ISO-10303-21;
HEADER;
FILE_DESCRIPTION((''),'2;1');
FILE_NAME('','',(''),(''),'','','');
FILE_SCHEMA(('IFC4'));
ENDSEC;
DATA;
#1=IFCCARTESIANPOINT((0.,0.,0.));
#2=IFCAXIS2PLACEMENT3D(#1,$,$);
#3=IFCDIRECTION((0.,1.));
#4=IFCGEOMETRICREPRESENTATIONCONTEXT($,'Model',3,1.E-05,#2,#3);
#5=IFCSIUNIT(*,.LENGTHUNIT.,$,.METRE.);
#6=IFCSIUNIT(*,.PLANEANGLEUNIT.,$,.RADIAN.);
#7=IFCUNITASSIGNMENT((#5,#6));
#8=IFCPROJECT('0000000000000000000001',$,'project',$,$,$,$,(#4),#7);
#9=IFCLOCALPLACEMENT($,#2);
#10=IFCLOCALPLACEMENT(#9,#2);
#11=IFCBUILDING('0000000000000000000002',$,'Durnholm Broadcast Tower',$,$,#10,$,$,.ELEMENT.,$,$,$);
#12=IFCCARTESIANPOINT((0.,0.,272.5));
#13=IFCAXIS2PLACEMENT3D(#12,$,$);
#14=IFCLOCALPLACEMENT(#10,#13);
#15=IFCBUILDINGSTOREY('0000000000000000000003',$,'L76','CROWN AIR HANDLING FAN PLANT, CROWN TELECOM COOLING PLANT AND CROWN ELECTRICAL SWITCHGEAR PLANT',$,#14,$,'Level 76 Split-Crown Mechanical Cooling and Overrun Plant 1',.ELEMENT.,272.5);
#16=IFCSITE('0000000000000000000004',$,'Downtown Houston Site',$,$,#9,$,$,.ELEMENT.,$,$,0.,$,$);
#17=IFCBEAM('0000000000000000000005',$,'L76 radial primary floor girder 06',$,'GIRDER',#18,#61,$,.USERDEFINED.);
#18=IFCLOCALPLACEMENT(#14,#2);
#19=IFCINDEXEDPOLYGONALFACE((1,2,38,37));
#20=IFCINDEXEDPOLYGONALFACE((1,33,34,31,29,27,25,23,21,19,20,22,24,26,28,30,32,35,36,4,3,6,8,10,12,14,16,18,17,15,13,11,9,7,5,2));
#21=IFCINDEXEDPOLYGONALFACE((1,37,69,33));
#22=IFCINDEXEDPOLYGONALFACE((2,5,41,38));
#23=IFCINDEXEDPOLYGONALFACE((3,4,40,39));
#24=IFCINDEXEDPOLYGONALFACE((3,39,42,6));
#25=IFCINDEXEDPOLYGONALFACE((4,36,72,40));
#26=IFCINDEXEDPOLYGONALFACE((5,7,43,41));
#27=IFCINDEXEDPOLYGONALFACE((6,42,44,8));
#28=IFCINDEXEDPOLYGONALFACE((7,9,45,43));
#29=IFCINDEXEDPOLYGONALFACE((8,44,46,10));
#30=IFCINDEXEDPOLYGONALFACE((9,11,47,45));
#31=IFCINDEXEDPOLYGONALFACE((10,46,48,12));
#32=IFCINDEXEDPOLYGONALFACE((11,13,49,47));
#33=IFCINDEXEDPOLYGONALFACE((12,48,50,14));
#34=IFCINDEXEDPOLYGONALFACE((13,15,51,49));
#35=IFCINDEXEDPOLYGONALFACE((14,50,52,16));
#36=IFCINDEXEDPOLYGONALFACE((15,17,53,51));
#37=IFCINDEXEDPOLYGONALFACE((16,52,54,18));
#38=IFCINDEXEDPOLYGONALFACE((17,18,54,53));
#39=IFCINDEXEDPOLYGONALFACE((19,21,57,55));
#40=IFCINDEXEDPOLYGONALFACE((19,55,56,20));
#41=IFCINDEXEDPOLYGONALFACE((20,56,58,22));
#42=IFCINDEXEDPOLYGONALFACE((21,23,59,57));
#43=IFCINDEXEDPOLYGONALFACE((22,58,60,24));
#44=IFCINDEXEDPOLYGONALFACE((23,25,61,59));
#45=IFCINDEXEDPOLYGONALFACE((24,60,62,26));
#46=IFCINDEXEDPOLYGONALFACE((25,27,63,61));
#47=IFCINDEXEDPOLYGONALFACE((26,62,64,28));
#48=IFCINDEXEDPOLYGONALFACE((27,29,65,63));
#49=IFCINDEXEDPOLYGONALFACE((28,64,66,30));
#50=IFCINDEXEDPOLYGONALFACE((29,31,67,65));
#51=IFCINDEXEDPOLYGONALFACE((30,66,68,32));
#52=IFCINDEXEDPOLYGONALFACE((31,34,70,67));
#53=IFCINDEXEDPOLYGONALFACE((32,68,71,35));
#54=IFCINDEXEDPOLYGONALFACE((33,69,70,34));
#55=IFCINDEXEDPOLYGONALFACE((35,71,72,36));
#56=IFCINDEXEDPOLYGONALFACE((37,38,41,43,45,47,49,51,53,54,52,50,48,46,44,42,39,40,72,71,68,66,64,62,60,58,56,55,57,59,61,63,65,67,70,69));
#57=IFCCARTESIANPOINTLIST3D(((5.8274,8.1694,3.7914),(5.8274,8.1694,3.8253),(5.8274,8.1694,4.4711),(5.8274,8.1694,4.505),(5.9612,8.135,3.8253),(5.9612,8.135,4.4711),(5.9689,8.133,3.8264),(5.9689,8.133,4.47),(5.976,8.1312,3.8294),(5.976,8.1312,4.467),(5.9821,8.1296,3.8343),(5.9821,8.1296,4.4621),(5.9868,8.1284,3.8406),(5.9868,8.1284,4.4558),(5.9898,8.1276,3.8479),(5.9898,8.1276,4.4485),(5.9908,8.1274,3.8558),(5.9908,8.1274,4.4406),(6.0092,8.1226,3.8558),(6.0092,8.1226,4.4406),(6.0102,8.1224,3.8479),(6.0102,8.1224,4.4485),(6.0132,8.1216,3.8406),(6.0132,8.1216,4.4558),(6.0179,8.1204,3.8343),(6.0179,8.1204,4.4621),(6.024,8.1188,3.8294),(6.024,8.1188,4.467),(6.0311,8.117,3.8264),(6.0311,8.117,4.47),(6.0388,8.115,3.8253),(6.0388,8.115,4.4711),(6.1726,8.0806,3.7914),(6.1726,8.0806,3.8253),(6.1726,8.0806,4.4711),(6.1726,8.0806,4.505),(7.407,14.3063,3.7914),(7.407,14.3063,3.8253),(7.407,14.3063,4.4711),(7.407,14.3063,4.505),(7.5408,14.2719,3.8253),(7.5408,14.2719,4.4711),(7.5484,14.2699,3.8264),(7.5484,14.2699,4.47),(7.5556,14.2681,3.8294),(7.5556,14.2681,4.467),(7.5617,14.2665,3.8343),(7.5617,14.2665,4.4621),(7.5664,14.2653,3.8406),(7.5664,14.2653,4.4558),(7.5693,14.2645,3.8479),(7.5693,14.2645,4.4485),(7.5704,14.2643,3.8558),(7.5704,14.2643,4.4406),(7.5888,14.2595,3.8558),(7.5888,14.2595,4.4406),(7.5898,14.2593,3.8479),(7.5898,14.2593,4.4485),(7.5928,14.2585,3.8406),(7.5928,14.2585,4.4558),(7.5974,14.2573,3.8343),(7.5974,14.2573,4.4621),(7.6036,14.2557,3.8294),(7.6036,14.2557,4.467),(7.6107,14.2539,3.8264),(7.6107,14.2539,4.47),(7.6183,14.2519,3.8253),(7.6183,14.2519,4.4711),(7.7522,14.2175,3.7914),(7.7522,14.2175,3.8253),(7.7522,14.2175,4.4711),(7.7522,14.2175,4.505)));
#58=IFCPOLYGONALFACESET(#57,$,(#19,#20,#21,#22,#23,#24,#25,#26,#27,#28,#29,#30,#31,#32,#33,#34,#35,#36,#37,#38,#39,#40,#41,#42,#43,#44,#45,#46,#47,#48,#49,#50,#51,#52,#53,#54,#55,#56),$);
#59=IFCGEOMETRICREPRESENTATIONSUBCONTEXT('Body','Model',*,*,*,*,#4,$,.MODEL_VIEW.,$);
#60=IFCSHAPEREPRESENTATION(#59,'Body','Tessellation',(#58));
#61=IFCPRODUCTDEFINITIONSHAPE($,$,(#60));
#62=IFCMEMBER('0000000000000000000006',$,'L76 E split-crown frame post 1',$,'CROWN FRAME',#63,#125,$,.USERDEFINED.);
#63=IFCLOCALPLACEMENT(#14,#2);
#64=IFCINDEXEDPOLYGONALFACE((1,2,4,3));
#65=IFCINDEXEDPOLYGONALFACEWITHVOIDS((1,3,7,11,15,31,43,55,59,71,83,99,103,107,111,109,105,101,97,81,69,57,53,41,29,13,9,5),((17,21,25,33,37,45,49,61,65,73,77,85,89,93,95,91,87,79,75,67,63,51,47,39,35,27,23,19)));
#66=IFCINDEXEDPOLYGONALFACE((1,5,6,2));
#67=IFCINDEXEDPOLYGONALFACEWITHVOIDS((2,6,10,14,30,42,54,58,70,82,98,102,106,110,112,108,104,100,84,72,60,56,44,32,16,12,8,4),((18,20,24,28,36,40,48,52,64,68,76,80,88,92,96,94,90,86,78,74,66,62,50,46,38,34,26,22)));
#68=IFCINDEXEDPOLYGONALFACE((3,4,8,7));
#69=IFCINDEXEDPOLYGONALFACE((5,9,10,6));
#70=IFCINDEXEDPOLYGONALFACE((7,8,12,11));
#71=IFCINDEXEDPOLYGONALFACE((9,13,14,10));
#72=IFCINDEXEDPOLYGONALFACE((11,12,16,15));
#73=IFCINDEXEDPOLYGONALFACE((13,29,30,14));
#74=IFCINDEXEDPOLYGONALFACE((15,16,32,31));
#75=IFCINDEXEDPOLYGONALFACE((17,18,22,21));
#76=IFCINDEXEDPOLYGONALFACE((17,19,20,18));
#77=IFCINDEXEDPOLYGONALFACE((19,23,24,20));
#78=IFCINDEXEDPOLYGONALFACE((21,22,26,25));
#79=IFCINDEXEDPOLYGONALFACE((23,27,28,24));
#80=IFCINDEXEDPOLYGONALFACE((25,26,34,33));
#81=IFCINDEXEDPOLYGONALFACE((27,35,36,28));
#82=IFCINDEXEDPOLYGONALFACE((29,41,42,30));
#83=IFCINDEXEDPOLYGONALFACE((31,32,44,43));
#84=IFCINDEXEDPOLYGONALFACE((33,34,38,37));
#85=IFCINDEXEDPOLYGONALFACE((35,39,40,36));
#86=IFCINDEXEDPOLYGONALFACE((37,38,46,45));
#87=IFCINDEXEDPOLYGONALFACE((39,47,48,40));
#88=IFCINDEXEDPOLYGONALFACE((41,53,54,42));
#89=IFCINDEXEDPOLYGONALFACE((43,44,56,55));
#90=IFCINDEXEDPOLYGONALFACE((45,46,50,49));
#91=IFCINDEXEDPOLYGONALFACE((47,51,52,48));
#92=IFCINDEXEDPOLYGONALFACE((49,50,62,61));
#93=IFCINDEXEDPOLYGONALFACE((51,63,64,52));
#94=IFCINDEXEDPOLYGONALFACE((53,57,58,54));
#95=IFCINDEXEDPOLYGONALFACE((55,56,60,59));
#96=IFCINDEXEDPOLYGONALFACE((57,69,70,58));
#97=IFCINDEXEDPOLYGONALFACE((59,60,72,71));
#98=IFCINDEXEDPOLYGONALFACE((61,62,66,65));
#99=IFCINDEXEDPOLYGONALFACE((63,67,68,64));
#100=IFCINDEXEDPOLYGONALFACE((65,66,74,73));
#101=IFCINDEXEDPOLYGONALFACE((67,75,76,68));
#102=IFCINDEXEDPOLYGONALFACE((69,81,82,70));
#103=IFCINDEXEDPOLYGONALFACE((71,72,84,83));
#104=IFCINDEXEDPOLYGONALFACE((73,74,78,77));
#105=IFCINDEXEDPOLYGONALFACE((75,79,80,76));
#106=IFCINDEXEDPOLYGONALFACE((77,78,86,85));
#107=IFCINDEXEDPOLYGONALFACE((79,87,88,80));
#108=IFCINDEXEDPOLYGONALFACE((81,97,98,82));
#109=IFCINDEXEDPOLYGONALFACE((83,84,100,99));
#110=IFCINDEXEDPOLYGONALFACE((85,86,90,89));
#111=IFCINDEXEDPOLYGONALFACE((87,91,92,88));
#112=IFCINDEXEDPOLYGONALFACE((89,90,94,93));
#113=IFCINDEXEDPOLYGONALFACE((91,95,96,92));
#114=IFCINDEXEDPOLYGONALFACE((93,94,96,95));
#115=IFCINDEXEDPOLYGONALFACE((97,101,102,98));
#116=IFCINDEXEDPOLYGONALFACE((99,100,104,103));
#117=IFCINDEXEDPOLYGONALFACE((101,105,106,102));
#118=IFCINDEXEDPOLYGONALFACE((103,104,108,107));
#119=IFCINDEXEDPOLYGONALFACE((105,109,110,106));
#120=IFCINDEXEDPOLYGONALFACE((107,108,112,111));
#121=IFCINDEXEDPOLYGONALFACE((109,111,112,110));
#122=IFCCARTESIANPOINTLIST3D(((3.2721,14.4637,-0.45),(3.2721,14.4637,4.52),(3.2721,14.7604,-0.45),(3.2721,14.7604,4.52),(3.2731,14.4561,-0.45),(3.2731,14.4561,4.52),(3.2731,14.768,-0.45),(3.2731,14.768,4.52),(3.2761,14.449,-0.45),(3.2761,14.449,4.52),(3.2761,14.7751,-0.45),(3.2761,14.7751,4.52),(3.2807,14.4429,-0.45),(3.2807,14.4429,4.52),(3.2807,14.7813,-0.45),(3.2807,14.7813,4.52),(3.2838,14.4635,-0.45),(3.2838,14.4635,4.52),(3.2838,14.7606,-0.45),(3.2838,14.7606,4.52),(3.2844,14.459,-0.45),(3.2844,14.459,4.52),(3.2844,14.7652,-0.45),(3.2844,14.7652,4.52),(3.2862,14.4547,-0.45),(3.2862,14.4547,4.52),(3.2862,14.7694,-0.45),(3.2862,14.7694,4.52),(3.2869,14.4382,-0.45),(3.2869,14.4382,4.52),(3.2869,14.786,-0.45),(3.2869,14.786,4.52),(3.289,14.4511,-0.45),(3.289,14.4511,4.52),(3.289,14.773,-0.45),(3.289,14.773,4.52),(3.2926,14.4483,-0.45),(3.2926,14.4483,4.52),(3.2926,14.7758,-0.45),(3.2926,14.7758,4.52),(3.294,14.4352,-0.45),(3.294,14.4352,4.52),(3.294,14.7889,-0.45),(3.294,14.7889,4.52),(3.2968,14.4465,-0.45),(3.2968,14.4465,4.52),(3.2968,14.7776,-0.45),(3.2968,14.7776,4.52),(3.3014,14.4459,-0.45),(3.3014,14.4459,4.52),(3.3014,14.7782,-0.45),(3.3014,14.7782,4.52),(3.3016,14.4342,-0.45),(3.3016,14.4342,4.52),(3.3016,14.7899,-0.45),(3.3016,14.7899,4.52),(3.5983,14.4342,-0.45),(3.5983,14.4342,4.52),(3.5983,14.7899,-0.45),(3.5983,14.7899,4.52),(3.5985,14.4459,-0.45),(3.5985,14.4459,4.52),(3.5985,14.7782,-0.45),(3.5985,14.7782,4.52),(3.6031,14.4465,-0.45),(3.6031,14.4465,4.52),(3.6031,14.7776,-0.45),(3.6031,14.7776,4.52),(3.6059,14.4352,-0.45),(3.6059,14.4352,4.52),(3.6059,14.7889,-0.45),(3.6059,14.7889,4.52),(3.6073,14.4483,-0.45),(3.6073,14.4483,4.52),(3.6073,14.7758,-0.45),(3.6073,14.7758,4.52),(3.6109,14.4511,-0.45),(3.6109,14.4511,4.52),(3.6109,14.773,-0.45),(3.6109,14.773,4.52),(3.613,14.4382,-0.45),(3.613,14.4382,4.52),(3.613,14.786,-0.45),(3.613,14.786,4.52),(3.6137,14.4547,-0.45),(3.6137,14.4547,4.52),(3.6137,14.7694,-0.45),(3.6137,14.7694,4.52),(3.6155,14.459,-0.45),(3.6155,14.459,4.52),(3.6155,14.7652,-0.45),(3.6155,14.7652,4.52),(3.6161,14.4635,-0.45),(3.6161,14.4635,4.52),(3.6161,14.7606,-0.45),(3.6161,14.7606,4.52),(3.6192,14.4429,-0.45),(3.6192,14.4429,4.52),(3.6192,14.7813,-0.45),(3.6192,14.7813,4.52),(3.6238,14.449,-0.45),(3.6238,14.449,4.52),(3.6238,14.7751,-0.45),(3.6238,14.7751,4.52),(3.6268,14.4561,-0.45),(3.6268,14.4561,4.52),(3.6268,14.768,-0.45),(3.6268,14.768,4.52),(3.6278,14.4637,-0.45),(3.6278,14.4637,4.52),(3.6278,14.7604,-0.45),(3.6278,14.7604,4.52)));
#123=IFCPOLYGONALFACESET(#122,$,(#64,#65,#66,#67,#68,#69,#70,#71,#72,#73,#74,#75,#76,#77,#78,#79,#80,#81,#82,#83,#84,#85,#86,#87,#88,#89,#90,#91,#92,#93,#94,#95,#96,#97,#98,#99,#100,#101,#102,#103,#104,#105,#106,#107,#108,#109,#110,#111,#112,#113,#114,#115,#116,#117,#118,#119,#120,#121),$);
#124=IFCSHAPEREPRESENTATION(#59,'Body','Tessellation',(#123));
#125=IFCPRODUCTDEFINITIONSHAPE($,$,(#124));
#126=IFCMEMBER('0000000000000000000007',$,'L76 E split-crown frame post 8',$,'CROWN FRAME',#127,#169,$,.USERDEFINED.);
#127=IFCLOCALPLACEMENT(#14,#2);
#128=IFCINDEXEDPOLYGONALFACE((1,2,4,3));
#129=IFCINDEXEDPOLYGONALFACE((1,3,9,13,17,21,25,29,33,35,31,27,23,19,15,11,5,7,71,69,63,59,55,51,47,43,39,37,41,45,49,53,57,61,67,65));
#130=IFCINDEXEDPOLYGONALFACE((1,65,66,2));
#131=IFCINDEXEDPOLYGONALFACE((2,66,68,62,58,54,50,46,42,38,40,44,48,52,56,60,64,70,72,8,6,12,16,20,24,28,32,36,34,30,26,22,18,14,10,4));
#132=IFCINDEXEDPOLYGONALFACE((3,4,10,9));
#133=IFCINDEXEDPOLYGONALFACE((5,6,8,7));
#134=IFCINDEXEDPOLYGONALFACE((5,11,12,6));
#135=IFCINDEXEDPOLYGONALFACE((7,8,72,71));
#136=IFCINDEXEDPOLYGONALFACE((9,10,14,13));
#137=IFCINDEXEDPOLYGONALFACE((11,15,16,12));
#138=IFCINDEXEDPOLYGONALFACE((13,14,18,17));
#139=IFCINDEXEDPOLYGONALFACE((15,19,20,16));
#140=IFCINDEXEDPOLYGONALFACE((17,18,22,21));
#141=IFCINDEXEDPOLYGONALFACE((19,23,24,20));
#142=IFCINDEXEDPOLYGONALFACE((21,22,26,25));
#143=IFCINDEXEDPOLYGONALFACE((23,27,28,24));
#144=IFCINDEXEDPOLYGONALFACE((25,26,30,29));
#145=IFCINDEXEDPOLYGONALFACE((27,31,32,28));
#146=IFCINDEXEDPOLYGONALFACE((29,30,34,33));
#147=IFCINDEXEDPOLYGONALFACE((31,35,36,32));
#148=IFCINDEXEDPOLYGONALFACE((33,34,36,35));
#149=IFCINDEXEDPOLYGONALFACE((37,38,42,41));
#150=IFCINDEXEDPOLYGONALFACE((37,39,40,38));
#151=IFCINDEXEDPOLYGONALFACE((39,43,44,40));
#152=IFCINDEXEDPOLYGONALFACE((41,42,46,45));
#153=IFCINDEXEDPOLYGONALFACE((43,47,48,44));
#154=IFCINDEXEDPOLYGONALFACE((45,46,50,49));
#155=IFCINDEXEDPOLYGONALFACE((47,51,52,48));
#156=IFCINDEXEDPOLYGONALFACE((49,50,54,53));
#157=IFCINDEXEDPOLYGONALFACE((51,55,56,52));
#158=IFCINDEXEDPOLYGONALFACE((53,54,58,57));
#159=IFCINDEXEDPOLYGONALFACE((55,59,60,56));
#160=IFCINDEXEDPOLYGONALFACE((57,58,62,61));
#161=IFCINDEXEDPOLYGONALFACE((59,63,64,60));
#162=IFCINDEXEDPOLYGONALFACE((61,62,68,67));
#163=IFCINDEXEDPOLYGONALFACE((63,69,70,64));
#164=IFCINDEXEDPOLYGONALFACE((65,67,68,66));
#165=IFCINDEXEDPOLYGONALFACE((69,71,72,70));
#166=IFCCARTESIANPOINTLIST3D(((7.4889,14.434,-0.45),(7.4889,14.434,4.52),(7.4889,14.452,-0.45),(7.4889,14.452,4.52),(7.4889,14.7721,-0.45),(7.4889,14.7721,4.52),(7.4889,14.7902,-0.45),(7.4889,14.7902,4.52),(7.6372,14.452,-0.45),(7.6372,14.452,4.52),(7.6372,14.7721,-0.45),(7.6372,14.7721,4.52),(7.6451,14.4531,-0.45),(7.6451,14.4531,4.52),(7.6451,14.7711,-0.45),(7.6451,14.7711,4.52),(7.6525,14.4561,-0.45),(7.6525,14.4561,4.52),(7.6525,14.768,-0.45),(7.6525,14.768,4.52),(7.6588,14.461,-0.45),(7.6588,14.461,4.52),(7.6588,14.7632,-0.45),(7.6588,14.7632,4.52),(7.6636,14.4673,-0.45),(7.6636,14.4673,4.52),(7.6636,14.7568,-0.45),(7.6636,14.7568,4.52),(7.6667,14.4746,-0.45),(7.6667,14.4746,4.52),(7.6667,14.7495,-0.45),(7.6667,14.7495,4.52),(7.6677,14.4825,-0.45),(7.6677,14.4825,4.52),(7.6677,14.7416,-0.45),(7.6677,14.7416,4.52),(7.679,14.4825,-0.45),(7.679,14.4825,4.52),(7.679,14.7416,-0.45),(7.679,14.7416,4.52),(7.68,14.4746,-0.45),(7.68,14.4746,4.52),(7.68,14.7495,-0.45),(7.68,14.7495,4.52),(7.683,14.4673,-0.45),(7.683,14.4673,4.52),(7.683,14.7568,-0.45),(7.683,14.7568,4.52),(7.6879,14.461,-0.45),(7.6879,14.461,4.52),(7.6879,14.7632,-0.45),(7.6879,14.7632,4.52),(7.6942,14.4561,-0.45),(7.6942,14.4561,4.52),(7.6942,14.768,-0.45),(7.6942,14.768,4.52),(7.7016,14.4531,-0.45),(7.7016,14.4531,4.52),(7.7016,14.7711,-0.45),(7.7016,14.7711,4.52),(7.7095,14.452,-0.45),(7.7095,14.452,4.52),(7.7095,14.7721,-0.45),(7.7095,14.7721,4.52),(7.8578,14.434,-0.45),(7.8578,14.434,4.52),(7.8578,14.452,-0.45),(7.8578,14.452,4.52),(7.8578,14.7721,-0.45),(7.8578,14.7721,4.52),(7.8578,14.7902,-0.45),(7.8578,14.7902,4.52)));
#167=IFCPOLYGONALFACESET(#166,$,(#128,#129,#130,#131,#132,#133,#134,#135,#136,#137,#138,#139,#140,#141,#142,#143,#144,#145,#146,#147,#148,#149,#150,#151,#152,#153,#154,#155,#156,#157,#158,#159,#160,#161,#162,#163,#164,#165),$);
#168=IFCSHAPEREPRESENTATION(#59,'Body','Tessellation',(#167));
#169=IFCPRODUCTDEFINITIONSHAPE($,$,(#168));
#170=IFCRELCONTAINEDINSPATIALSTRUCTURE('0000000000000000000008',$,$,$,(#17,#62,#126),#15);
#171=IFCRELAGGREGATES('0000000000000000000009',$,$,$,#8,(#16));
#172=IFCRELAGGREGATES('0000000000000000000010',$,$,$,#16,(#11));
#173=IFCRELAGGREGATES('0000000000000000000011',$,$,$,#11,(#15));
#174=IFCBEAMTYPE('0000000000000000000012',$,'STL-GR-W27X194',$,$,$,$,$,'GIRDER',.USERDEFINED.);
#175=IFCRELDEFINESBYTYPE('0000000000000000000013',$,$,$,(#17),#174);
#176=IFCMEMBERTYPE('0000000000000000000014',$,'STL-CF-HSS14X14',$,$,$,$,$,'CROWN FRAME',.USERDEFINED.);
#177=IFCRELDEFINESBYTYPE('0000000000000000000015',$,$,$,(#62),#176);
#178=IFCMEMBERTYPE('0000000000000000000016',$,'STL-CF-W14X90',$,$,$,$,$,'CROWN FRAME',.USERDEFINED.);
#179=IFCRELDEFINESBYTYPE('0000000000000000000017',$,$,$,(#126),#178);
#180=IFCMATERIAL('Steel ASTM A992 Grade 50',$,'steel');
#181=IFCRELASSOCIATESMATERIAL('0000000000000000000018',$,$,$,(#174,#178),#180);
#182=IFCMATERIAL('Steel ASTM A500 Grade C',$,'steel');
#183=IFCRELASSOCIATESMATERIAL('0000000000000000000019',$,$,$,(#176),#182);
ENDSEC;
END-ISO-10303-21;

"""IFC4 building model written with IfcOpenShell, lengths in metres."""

from ifc_helpers import new_model, si_unit, direction, frame, origin, origin_2d, place, context, subcontext, project, spatial, hollow_rectangle, i_section, extrude, source, transform, mapped, material, material_profile, profile_set, type_object, type_shapes, element, save


model = new_model("IFC4")

# Units and contexts
model_context = context("Model", 3, precision=1e-05, world=origin(), true_north=direction((0.0, 1.0)))
body_context = subcontext(model_context, "Body", "Model", "MODEL_VIEW")
ifc_project = project(units=[si_unit("LENGTHUNIT", "METRE"), si_unit("PLANEANGLEUNIT", "RADIAN")], contexts=[model_context])

# Site, building, storey
site_placement = place(None, origin())
site = spatial("IfcSite", under=ifc_project, at=site_placement, Name="Downtown Houston Site", CompositionType="ELEMENT", RefElevation=0.0)
building_placement = place(site_placement, origin())
building = spatial("IfcBuilding", under=site, at=building_placement, Name="Durnholm Broadcast Tower", CompositionType="ELEMENT")
storey_placement = place(building_placement, frame((0.0, 0.0, 272.5)))
storey = spatial("IfcBuildingStorey", under=building, at=storey_placement, Name="L76", Description="CROWN AIR HANDLING FAN PLANT, CROWN TELECOM COOLING PLANT AND CROWN ELECTRICAL SWITCHGEAR PLANT", LongName="Level 76 Split-Crown Mechanical Cooling and Overrun Plant 1", CompositionType="ELEMENT", Elevation=272.5)

# Shared definitions
ifc_material_1 = material(Name="Steel ASTM A500 Grade C", Category="steel")

# Beam
ifc_material_2 = material(Name="Steel ASTM A992 Grade 50", Category="steel")
ifc_material_profile_1 = material_profile(ifc_material_2, i_section(OverallWidth=0.3564, OverallDepth=0.7136, WebThickness=0.019, FlangeThickness=0.0339, FilletRadius=0.0305, at=origin_2d()), Name="W27X194")
ifc_profile_set_1 = profile_set([ifc_material_profile_1], Name="Steel ASTM A992 Grade 50")
beam_type_1 = type_object("IfcBeamType", Name="STL-GR-W27X194", ElementType="GIRDER", PredefinedType="USERDEFINED", material=ifc_profile_set_1)
shared_shape_1 = source(origin(), body_context, "Body", "SweptSolid", [
    extrude(i_section(OverallWidth=0.3564, OverallDepth=0.7136, WebThickness=0.019, FlangeThickness=0.0339, FilletRadius=0.0305, at=origin_2d()), origin(), (0.0, 0.0, 1.0), 6.3369),
])
type_shapes(beam_type_1, [shared_shape_1])
beam_1_placement = place(storey_placement, frame((6.0, 8.125, 4.1482), z_axis=(0.249265, 0.968435, 0.0), x_axis=(-0.968435, 0.249265, 0.0)))
element("IfcBeam", 1, at=beam_1_placement, inside=storey, type_object=beam_type_1, Name="L76 radial primary floor girder 06", ObjectType="GIRDER", PredefinedType="USERDEFINED", context=body_context, shape_type="MappedRepresentation", body=[
    mapped(shared_shape_1, transform((0.0, 0.0, 0.0), x_axis=(1.0, 0.0, 0.0), y_axis=(0.0, 1.0, 0.0), z_axis=(0.0, 0.0, 1.0), scale=1.0)),
])

# Members
ifc_material_profile_2 = material_profile(ifc_material_1, hollow_rectangle(XDim=0.3557, YDim=0.3557, WallThickness=0.0117, InnerFilletRadius=0.0176, OuterFilletRadius=0.0295, at=origin_2d()), Name="HSS14X14X1/2")
ifc_profile_set_2 = profile_set([ifc_material_profile_2], Name="Steel ASTM A500 Grade C")
member_type_1 = type_object("IfcMemberType", Name="STL-CF-HSS14X14", ElementType="CROWN FRAME", PredefinedType="USERDEFINED", material=ifc_profile_set_2)
shared_shape_2 = source(origin(), body_context, "Body", "SweptSolid", [
    extrude(hollow_rectangle(XDim=0.3557, YDim=0.3557, WallThickness=0.0117, InnerFilletRadius=0.0176, OuterFilletRadius=0.0295, at=origin_2d()), origin(), (0.0, 0.0, 1.0), 4.97),
])
type_shapes(member_type_1, [shared_shape_2])
member_1_placement = place(storey_placement, frame((3.45, 14.6121, -0.45), z_axis=(0.0, 0.0, 1.0), x_axis=(1.0, 0.0, 0.0)))
element("IfcMember", 2, at=member_1_placement, inside=storey, type_object=member_type_1, Name="L76 E split-crown frame post 1", ObjectType="CROWN FRAME", PredefinedType="USERDEFINED", context=body_context, shape_type="MappedRepresentation", body=[
    mapped(shared_shape_2, transform((0.0, 0.0, 0.0), x_axis=(1.0, 0.0, 0.0), y_axis=(0.0, 1.0, 0.0), z_axis=(0.0, 0.0, 1.0), scale=1.0)),
])
ifc_material_profile_3 = material_profile(ifc_material_2, i_section(OverallWidth=0.3689, OverallDepth=0.3562, WebThickness=0.0112, FlangeThickness=0.0181, FilletRadius=0.0305, at=origin_2d()), Name="W14X90")
ifc_profile_set_3 = profile_set([ifc_material_profile_3], Name="Steel ASTM A992 Grade 50")
member_type_2 = type_object("IfcMemberType", Name="STL-CF-W14X90", ElementType="CROWN FRAME", PredefinedType="USERDEFINED", material=ifc_profile_set_3)
shared_shape_3 = source(origin(), body_context, "Body", "SweptSolid", [
    extrude(i_section(OverallWidth=0.3689, OverallDepth=0.3562, WebThickness=0.0112, FlangeThickness=0.0181, FilletRadius=0.0305, at=origin_2d()), origin(), (0.0, 0.0, 1.0), 4.97),
])
type_shapes(member_type_2, [shared_shape_3])
member_2_placement = place(storey_placement, frame((7.6733, 14.6121, -0.45), z_axis=(0.0, 0.0, 1.0), x_axis=(1.0, 0.0, 0.0)))
element("IfcMember", 3, at=member_2_placement, inside=storey, type_object=member_type_2, Name="L76 E split-crown frame post 8", ObjectType="CROWN FRAME", PredefinedType="USERDEFINED", context=body_context, shape_type="MappedRepresentation", body=[
    mapped(shared_shape_3, transform((0.0, 0.0, 0.0), x_axis=(1.0, 0.0, 0.0), y_axis=(0.0, 1.0, 0.0), z_axis=(0.0, 0.0, 1.0), scale=1.0)),
])

save(model, "model.ifc")
